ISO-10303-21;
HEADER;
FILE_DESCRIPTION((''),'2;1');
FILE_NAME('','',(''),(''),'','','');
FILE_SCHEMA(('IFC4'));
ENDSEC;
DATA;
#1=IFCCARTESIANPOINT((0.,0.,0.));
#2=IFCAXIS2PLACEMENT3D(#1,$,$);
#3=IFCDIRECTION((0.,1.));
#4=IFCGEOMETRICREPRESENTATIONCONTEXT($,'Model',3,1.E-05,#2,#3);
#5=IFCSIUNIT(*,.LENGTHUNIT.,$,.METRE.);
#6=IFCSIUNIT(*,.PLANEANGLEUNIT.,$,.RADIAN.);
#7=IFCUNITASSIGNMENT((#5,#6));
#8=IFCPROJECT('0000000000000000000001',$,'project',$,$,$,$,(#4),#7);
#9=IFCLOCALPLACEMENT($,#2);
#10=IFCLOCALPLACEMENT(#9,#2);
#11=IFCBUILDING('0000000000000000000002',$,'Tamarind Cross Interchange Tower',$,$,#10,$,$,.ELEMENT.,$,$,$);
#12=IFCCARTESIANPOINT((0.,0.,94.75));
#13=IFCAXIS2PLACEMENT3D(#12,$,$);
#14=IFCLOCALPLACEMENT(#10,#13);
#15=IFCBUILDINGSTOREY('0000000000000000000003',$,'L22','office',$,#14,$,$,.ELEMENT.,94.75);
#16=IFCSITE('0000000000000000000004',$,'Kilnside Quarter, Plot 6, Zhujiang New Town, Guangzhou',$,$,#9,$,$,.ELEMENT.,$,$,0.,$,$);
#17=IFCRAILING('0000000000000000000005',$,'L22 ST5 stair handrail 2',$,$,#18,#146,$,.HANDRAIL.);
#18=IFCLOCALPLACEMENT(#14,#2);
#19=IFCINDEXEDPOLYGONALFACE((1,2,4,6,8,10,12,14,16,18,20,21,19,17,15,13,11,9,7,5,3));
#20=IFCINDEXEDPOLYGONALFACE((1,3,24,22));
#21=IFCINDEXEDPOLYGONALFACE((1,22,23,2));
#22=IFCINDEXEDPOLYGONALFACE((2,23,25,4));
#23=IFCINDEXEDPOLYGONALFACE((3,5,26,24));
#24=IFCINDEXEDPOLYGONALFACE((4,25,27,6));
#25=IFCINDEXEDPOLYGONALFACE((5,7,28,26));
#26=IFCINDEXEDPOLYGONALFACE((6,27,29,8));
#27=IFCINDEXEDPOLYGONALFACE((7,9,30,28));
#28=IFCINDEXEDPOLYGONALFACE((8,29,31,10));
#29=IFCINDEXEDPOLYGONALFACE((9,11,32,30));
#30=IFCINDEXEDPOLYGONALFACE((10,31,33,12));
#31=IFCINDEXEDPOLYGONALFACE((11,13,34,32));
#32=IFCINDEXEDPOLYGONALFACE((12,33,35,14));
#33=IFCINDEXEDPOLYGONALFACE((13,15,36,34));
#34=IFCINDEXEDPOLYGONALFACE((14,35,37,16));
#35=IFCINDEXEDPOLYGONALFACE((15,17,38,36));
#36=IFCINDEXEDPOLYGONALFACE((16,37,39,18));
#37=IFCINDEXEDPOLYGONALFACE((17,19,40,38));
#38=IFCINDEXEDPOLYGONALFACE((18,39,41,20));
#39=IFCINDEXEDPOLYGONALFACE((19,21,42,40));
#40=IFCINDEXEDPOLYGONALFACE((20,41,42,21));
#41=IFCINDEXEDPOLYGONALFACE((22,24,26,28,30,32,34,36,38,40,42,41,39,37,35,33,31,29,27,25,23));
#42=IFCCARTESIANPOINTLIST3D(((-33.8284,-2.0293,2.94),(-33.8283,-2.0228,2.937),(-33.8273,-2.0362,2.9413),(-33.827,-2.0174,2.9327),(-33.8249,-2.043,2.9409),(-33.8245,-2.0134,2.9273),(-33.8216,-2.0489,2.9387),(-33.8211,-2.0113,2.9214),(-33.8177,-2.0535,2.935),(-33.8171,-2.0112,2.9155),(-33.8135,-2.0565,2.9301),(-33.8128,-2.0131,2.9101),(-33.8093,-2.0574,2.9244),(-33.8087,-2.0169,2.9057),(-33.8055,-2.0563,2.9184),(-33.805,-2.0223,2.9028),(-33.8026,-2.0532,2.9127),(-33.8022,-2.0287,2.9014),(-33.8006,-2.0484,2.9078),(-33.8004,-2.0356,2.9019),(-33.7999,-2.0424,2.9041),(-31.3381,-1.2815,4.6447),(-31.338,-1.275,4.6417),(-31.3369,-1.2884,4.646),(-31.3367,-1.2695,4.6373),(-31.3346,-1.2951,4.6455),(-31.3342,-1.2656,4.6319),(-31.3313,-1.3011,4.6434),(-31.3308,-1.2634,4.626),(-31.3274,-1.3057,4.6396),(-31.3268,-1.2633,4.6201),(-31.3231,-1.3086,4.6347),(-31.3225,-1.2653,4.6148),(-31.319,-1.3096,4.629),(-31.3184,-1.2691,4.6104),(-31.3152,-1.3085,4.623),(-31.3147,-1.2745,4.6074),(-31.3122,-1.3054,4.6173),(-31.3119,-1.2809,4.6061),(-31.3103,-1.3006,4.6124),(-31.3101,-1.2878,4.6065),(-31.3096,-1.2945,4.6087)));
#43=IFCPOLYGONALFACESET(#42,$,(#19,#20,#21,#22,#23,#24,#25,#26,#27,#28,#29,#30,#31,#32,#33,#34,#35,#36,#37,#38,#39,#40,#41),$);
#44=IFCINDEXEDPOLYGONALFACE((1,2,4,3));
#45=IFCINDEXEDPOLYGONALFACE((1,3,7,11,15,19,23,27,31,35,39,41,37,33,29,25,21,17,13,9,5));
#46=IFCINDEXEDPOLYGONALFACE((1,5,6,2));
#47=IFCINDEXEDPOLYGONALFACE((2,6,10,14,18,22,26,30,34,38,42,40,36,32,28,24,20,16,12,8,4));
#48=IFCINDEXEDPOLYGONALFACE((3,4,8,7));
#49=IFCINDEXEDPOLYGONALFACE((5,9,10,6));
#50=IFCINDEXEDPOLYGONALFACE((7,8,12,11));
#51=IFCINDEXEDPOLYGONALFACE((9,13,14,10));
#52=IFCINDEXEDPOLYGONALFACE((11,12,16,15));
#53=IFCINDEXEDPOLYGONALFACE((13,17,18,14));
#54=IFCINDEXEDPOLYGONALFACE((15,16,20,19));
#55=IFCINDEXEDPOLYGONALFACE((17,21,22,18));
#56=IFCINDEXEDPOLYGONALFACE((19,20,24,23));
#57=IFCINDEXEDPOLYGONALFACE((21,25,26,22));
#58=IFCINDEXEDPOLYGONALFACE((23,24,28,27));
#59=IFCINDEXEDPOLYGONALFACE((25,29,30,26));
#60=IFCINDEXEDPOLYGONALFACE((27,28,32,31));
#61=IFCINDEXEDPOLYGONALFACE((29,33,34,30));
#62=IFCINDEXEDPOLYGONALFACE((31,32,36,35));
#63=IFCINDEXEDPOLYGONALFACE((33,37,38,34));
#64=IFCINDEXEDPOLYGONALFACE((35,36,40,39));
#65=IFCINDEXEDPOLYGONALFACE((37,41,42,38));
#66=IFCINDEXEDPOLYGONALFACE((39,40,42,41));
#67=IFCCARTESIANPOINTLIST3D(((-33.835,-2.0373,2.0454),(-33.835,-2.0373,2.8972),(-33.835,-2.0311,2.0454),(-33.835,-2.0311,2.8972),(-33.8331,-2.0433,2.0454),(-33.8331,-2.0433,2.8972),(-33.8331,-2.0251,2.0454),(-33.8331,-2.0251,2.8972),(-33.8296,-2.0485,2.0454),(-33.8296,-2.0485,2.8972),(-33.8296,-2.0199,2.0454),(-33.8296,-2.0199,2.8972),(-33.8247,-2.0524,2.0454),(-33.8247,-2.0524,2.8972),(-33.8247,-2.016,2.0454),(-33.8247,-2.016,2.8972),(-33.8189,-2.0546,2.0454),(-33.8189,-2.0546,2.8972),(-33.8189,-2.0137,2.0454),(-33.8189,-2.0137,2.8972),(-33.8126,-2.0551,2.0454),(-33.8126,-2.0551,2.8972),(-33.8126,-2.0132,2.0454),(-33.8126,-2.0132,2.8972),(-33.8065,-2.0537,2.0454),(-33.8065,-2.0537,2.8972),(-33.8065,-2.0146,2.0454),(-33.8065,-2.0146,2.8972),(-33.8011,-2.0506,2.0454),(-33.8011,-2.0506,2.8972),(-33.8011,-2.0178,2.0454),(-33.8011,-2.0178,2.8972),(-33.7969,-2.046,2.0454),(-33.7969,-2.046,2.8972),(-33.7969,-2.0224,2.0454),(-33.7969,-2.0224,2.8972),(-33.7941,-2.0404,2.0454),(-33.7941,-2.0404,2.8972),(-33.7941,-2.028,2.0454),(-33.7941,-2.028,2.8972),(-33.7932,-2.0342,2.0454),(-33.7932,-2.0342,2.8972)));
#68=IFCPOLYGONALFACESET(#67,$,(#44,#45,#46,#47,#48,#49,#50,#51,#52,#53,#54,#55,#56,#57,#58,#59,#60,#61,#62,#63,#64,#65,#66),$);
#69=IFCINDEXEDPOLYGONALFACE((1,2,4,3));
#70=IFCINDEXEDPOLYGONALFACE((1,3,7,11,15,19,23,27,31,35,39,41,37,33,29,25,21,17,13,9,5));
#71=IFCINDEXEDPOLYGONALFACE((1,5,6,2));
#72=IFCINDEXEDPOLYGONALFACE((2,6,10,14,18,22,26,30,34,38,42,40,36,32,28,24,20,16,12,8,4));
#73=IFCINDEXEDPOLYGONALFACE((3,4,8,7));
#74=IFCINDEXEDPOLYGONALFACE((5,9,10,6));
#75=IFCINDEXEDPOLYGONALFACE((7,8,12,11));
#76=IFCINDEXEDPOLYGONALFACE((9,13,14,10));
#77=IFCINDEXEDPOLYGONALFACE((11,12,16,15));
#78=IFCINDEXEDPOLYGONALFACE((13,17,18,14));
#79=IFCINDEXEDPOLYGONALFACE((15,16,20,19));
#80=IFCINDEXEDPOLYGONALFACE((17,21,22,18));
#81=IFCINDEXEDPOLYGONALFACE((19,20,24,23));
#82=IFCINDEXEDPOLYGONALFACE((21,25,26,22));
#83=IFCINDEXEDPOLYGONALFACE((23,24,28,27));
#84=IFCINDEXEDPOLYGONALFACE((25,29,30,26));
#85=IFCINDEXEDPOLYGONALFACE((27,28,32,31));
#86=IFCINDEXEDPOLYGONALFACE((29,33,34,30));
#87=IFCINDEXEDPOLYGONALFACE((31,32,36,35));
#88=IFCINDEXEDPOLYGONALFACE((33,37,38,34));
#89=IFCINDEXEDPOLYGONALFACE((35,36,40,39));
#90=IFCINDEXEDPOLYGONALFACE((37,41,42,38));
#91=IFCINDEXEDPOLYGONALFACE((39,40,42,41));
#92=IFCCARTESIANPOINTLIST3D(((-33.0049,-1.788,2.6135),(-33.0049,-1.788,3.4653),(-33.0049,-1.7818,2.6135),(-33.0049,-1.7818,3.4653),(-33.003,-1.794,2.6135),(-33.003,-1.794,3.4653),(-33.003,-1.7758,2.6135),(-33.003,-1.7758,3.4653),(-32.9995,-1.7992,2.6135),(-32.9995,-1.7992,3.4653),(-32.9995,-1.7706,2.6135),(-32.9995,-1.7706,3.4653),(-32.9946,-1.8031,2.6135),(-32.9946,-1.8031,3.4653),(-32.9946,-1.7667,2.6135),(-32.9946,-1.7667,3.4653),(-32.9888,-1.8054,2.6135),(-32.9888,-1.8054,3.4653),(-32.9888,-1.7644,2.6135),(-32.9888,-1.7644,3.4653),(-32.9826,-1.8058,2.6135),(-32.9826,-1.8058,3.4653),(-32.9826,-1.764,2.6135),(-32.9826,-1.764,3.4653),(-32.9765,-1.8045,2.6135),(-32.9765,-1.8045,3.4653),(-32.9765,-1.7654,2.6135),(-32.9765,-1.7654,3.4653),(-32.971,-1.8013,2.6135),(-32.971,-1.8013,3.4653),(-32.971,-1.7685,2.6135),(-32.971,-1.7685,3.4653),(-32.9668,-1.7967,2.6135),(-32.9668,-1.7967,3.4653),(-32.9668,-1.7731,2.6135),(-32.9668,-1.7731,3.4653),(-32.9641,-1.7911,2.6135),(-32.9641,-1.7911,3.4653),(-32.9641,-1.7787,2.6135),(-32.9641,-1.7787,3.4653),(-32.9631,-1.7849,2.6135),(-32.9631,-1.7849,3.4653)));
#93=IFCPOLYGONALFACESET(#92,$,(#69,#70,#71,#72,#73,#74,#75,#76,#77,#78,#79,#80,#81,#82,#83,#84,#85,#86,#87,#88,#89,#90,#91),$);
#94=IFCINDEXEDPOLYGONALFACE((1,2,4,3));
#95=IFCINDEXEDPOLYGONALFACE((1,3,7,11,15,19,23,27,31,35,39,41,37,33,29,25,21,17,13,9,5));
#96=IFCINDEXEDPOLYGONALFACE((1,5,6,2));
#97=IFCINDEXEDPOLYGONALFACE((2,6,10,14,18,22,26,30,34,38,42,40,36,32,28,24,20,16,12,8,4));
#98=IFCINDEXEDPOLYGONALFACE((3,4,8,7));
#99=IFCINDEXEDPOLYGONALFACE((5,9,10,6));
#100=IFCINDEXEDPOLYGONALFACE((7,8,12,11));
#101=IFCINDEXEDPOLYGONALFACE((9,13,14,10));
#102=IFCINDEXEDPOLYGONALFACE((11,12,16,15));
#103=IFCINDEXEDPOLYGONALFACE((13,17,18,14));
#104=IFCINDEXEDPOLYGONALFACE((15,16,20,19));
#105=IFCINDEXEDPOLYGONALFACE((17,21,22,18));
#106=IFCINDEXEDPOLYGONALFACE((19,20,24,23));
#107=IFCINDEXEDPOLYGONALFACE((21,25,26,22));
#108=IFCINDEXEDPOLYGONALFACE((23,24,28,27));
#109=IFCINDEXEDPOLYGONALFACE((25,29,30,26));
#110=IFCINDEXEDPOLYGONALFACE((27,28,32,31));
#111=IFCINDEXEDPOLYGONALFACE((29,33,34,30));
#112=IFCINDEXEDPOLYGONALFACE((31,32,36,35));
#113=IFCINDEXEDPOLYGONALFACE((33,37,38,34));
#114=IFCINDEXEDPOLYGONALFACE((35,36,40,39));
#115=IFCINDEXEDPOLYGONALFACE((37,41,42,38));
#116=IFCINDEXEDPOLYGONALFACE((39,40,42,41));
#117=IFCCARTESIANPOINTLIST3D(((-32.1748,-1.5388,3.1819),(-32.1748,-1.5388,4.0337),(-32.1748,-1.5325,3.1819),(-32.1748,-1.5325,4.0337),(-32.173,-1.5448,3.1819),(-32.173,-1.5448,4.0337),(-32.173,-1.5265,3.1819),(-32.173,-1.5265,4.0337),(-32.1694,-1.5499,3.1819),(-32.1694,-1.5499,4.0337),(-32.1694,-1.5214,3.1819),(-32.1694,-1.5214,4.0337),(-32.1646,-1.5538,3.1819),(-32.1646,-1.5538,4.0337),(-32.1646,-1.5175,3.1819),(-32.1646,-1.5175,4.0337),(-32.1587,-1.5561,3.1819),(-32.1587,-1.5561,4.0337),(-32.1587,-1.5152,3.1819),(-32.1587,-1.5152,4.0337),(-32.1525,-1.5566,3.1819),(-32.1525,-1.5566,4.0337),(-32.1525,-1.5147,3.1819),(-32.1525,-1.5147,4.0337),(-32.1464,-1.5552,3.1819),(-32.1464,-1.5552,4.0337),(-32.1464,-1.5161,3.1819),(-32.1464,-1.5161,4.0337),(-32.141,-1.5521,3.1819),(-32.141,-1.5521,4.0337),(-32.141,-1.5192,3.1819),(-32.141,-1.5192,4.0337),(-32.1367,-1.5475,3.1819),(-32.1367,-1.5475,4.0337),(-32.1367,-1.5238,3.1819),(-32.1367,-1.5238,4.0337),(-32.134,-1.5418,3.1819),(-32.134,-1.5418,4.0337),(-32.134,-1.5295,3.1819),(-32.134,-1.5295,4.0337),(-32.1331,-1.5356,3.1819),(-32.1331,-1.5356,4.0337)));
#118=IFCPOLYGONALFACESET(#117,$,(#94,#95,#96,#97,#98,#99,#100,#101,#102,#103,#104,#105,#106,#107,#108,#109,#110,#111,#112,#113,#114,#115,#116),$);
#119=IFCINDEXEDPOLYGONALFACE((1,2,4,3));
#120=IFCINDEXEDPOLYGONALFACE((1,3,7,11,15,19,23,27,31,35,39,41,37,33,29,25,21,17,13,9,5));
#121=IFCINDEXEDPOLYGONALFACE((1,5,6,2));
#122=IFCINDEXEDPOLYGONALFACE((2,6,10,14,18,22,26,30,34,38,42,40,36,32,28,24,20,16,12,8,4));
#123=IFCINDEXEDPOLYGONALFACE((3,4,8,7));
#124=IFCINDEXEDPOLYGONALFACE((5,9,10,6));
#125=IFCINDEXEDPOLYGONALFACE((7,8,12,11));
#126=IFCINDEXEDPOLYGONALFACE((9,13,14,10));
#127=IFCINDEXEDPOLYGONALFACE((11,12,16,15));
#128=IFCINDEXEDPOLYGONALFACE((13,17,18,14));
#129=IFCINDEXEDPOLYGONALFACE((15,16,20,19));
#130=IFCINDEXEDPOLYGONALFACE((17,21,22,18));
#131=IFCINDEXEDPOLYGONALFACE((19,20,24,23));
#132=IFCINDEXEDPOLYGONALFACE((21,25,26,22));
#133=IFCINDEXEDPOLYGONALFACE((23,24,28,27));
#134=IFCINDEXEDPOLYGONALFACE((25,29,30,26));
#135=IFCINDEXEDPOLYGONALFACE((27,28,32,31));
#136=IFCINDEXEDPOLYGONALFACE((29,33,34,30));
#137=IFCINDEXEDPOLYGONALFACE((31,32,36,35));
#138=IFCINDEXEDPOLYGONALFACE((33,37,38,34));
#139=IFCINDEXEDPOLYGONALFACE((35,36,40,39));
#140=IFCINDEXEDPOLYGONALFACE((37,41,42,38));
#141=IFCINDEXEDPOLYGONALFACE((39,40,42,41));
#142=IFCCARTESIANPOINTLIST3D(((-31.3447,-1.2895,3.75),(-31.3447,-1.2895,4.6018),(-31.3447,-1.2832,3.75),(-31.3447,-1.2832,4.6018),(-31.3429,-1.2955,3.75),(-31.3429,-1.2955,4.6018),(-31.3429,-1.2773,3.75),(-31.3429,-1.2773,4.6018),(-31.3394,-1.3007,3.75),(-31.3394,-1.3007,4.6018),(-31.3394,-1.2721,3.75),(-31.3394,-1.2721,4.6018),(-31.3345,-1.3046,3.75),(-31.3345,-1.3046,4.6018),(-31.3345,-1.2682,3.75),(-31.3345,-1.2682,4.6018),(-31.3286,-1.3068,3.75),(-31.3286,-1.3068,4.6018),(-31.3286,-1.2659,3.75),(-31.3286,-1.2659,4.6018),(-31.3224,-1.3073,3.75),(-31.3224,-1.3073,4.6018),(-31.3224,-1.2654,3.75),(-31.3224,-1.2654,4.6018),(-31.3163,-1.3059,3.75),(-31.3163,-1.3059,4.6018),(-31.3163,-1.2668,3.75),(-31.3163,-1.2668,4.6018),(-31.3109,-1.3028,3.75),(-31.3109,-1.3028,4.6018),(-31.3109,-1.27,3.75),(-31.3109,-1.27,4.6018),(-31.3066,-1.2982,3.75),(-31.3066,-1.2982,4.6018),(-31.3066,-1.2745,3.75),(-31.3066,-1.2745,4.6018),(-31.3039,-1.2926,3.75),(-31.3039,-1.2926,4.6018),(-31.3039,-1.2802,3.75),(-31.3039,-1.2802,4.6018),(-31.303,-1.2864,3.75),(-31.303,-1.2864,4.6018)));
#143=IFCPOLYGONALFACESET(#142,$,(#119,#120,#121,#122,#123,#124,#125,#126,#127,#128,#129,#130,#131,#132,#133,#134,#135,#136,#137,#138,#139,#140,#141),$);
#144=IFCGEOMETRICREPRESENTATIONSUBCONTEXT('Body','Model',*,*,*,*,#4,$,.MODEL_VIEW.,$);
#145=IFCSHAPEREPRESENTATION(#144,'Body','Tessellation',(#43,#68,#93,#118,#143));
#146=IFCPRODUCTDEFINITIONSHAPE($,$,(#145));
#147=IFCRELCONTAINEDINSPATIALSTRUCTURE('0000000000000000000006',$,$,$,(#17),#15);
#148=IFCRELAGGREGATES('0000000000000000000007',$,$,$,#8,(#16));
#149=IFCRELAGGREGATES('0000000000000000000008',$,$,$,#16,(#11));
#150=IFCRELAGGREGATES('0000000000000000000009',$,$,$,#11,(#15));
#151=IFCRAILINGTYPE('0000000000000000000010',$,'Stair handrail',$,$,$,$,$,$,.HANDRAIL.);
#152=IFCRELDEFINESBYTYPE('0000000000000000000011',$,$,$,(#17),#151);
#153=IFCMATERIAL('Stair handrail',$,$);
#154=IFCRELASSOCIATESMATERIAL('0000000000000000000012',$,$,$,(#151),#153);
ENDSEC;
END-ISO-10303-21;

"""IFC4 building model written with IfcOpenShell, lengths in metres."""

from ifc_helpers import new_model, si_unit, direction, frame, origin, origin_2d, place, context, subcontext, project, spatial, circle, extrude, material, type_object, element, save


model = new_model("IFC4")

# Units and contexts
model_context = context("Model", 3, precision=1e-05, world=origin(), true_north=direction((0.0, 1.0)))
body_context = subcontext(model_context, "Body", "Model", "MODEL_VIEW")
ifc_project = project(units=[si_unit("LENGTHUNIT", "METRE"), si_unit("PLANEANGLEUNIT", "RADIAN")], contexts=[model_context])

# Site, building, storey
site_placement = place(None, origin())
site = spatial("IfcSite", under=ifc_project, at=site_placement, Name="Kilnside Quarter, Plot 6, Zhujiang New Town, Guangzhou", CompositionType="ELEMENT", RefElevation=0.0)
building_placement = place(site_placement, origin())
building = spatial("IfcBuilding", under=site, at=building_placement, Name="Tamarind Cross Interchange Tower", CompositionType="ELEMENT")
storey_placement = place(building_placement, frame((0.0, 0.0, 94.75)))
storey = spatial("IfcBuildingStorey", under=building, at=storey_placement, Name="L22", Description="office", CompositionType="ELEMENT", Elevation=94.75)

# Railing
ifc_material_1 = material(Name="Stair handrail")
railing_type_1 = type_object("IfcRailingType", Name="Stair handrail", PredefinedType="HANDRAIL", material=ifc_material_1)
railing_1_placement = place(storey_placement, frame((-33.8142, -2.0342, 2.0454)))
element("IfcRailing", 1, at=railing_1_placement, inside=storey, type_object=railing_type_1, Name="L22 ST5 stair handrail 2", PredefinedType="HANDRAIL", context=body_context, shape_type="SweptSolid", body=[
    extrude(circle(Radius=0.0239, at=origin_2d()), frame((0.0, 0.0, 0.876), z_axis=(0.800967, 0.240526, 0.54827), x_axis=(-0.287606, 0.957749, 0.0)), (0.0, 0.0, 1.0), 3.1091),
    extrude(circle(Radius=0.021, at=origin_2d()), origin(), (0.0, 0.0, 1.0), 0.8518),
    extrude(circle(Radius=0.021, at=origin_2d()), frame((0.8301, 0.2493, 0.5681)), (0.0, 0.0, 1.0), 0.8518),
    extrude(circle(Radius=0.021, at=origin_2d()), frame((1.6602, 0.4985, 1.1365)), (0.0, 0.0, 1.0), 0.8518),
    extrude(circle(Radius=0.021, at=origin_2d()), frame((2.4902, 0.7478, 1.7046)), (0.0, 0.0, 1.0), 0.8518),
])

save(model, "model.ifc")
